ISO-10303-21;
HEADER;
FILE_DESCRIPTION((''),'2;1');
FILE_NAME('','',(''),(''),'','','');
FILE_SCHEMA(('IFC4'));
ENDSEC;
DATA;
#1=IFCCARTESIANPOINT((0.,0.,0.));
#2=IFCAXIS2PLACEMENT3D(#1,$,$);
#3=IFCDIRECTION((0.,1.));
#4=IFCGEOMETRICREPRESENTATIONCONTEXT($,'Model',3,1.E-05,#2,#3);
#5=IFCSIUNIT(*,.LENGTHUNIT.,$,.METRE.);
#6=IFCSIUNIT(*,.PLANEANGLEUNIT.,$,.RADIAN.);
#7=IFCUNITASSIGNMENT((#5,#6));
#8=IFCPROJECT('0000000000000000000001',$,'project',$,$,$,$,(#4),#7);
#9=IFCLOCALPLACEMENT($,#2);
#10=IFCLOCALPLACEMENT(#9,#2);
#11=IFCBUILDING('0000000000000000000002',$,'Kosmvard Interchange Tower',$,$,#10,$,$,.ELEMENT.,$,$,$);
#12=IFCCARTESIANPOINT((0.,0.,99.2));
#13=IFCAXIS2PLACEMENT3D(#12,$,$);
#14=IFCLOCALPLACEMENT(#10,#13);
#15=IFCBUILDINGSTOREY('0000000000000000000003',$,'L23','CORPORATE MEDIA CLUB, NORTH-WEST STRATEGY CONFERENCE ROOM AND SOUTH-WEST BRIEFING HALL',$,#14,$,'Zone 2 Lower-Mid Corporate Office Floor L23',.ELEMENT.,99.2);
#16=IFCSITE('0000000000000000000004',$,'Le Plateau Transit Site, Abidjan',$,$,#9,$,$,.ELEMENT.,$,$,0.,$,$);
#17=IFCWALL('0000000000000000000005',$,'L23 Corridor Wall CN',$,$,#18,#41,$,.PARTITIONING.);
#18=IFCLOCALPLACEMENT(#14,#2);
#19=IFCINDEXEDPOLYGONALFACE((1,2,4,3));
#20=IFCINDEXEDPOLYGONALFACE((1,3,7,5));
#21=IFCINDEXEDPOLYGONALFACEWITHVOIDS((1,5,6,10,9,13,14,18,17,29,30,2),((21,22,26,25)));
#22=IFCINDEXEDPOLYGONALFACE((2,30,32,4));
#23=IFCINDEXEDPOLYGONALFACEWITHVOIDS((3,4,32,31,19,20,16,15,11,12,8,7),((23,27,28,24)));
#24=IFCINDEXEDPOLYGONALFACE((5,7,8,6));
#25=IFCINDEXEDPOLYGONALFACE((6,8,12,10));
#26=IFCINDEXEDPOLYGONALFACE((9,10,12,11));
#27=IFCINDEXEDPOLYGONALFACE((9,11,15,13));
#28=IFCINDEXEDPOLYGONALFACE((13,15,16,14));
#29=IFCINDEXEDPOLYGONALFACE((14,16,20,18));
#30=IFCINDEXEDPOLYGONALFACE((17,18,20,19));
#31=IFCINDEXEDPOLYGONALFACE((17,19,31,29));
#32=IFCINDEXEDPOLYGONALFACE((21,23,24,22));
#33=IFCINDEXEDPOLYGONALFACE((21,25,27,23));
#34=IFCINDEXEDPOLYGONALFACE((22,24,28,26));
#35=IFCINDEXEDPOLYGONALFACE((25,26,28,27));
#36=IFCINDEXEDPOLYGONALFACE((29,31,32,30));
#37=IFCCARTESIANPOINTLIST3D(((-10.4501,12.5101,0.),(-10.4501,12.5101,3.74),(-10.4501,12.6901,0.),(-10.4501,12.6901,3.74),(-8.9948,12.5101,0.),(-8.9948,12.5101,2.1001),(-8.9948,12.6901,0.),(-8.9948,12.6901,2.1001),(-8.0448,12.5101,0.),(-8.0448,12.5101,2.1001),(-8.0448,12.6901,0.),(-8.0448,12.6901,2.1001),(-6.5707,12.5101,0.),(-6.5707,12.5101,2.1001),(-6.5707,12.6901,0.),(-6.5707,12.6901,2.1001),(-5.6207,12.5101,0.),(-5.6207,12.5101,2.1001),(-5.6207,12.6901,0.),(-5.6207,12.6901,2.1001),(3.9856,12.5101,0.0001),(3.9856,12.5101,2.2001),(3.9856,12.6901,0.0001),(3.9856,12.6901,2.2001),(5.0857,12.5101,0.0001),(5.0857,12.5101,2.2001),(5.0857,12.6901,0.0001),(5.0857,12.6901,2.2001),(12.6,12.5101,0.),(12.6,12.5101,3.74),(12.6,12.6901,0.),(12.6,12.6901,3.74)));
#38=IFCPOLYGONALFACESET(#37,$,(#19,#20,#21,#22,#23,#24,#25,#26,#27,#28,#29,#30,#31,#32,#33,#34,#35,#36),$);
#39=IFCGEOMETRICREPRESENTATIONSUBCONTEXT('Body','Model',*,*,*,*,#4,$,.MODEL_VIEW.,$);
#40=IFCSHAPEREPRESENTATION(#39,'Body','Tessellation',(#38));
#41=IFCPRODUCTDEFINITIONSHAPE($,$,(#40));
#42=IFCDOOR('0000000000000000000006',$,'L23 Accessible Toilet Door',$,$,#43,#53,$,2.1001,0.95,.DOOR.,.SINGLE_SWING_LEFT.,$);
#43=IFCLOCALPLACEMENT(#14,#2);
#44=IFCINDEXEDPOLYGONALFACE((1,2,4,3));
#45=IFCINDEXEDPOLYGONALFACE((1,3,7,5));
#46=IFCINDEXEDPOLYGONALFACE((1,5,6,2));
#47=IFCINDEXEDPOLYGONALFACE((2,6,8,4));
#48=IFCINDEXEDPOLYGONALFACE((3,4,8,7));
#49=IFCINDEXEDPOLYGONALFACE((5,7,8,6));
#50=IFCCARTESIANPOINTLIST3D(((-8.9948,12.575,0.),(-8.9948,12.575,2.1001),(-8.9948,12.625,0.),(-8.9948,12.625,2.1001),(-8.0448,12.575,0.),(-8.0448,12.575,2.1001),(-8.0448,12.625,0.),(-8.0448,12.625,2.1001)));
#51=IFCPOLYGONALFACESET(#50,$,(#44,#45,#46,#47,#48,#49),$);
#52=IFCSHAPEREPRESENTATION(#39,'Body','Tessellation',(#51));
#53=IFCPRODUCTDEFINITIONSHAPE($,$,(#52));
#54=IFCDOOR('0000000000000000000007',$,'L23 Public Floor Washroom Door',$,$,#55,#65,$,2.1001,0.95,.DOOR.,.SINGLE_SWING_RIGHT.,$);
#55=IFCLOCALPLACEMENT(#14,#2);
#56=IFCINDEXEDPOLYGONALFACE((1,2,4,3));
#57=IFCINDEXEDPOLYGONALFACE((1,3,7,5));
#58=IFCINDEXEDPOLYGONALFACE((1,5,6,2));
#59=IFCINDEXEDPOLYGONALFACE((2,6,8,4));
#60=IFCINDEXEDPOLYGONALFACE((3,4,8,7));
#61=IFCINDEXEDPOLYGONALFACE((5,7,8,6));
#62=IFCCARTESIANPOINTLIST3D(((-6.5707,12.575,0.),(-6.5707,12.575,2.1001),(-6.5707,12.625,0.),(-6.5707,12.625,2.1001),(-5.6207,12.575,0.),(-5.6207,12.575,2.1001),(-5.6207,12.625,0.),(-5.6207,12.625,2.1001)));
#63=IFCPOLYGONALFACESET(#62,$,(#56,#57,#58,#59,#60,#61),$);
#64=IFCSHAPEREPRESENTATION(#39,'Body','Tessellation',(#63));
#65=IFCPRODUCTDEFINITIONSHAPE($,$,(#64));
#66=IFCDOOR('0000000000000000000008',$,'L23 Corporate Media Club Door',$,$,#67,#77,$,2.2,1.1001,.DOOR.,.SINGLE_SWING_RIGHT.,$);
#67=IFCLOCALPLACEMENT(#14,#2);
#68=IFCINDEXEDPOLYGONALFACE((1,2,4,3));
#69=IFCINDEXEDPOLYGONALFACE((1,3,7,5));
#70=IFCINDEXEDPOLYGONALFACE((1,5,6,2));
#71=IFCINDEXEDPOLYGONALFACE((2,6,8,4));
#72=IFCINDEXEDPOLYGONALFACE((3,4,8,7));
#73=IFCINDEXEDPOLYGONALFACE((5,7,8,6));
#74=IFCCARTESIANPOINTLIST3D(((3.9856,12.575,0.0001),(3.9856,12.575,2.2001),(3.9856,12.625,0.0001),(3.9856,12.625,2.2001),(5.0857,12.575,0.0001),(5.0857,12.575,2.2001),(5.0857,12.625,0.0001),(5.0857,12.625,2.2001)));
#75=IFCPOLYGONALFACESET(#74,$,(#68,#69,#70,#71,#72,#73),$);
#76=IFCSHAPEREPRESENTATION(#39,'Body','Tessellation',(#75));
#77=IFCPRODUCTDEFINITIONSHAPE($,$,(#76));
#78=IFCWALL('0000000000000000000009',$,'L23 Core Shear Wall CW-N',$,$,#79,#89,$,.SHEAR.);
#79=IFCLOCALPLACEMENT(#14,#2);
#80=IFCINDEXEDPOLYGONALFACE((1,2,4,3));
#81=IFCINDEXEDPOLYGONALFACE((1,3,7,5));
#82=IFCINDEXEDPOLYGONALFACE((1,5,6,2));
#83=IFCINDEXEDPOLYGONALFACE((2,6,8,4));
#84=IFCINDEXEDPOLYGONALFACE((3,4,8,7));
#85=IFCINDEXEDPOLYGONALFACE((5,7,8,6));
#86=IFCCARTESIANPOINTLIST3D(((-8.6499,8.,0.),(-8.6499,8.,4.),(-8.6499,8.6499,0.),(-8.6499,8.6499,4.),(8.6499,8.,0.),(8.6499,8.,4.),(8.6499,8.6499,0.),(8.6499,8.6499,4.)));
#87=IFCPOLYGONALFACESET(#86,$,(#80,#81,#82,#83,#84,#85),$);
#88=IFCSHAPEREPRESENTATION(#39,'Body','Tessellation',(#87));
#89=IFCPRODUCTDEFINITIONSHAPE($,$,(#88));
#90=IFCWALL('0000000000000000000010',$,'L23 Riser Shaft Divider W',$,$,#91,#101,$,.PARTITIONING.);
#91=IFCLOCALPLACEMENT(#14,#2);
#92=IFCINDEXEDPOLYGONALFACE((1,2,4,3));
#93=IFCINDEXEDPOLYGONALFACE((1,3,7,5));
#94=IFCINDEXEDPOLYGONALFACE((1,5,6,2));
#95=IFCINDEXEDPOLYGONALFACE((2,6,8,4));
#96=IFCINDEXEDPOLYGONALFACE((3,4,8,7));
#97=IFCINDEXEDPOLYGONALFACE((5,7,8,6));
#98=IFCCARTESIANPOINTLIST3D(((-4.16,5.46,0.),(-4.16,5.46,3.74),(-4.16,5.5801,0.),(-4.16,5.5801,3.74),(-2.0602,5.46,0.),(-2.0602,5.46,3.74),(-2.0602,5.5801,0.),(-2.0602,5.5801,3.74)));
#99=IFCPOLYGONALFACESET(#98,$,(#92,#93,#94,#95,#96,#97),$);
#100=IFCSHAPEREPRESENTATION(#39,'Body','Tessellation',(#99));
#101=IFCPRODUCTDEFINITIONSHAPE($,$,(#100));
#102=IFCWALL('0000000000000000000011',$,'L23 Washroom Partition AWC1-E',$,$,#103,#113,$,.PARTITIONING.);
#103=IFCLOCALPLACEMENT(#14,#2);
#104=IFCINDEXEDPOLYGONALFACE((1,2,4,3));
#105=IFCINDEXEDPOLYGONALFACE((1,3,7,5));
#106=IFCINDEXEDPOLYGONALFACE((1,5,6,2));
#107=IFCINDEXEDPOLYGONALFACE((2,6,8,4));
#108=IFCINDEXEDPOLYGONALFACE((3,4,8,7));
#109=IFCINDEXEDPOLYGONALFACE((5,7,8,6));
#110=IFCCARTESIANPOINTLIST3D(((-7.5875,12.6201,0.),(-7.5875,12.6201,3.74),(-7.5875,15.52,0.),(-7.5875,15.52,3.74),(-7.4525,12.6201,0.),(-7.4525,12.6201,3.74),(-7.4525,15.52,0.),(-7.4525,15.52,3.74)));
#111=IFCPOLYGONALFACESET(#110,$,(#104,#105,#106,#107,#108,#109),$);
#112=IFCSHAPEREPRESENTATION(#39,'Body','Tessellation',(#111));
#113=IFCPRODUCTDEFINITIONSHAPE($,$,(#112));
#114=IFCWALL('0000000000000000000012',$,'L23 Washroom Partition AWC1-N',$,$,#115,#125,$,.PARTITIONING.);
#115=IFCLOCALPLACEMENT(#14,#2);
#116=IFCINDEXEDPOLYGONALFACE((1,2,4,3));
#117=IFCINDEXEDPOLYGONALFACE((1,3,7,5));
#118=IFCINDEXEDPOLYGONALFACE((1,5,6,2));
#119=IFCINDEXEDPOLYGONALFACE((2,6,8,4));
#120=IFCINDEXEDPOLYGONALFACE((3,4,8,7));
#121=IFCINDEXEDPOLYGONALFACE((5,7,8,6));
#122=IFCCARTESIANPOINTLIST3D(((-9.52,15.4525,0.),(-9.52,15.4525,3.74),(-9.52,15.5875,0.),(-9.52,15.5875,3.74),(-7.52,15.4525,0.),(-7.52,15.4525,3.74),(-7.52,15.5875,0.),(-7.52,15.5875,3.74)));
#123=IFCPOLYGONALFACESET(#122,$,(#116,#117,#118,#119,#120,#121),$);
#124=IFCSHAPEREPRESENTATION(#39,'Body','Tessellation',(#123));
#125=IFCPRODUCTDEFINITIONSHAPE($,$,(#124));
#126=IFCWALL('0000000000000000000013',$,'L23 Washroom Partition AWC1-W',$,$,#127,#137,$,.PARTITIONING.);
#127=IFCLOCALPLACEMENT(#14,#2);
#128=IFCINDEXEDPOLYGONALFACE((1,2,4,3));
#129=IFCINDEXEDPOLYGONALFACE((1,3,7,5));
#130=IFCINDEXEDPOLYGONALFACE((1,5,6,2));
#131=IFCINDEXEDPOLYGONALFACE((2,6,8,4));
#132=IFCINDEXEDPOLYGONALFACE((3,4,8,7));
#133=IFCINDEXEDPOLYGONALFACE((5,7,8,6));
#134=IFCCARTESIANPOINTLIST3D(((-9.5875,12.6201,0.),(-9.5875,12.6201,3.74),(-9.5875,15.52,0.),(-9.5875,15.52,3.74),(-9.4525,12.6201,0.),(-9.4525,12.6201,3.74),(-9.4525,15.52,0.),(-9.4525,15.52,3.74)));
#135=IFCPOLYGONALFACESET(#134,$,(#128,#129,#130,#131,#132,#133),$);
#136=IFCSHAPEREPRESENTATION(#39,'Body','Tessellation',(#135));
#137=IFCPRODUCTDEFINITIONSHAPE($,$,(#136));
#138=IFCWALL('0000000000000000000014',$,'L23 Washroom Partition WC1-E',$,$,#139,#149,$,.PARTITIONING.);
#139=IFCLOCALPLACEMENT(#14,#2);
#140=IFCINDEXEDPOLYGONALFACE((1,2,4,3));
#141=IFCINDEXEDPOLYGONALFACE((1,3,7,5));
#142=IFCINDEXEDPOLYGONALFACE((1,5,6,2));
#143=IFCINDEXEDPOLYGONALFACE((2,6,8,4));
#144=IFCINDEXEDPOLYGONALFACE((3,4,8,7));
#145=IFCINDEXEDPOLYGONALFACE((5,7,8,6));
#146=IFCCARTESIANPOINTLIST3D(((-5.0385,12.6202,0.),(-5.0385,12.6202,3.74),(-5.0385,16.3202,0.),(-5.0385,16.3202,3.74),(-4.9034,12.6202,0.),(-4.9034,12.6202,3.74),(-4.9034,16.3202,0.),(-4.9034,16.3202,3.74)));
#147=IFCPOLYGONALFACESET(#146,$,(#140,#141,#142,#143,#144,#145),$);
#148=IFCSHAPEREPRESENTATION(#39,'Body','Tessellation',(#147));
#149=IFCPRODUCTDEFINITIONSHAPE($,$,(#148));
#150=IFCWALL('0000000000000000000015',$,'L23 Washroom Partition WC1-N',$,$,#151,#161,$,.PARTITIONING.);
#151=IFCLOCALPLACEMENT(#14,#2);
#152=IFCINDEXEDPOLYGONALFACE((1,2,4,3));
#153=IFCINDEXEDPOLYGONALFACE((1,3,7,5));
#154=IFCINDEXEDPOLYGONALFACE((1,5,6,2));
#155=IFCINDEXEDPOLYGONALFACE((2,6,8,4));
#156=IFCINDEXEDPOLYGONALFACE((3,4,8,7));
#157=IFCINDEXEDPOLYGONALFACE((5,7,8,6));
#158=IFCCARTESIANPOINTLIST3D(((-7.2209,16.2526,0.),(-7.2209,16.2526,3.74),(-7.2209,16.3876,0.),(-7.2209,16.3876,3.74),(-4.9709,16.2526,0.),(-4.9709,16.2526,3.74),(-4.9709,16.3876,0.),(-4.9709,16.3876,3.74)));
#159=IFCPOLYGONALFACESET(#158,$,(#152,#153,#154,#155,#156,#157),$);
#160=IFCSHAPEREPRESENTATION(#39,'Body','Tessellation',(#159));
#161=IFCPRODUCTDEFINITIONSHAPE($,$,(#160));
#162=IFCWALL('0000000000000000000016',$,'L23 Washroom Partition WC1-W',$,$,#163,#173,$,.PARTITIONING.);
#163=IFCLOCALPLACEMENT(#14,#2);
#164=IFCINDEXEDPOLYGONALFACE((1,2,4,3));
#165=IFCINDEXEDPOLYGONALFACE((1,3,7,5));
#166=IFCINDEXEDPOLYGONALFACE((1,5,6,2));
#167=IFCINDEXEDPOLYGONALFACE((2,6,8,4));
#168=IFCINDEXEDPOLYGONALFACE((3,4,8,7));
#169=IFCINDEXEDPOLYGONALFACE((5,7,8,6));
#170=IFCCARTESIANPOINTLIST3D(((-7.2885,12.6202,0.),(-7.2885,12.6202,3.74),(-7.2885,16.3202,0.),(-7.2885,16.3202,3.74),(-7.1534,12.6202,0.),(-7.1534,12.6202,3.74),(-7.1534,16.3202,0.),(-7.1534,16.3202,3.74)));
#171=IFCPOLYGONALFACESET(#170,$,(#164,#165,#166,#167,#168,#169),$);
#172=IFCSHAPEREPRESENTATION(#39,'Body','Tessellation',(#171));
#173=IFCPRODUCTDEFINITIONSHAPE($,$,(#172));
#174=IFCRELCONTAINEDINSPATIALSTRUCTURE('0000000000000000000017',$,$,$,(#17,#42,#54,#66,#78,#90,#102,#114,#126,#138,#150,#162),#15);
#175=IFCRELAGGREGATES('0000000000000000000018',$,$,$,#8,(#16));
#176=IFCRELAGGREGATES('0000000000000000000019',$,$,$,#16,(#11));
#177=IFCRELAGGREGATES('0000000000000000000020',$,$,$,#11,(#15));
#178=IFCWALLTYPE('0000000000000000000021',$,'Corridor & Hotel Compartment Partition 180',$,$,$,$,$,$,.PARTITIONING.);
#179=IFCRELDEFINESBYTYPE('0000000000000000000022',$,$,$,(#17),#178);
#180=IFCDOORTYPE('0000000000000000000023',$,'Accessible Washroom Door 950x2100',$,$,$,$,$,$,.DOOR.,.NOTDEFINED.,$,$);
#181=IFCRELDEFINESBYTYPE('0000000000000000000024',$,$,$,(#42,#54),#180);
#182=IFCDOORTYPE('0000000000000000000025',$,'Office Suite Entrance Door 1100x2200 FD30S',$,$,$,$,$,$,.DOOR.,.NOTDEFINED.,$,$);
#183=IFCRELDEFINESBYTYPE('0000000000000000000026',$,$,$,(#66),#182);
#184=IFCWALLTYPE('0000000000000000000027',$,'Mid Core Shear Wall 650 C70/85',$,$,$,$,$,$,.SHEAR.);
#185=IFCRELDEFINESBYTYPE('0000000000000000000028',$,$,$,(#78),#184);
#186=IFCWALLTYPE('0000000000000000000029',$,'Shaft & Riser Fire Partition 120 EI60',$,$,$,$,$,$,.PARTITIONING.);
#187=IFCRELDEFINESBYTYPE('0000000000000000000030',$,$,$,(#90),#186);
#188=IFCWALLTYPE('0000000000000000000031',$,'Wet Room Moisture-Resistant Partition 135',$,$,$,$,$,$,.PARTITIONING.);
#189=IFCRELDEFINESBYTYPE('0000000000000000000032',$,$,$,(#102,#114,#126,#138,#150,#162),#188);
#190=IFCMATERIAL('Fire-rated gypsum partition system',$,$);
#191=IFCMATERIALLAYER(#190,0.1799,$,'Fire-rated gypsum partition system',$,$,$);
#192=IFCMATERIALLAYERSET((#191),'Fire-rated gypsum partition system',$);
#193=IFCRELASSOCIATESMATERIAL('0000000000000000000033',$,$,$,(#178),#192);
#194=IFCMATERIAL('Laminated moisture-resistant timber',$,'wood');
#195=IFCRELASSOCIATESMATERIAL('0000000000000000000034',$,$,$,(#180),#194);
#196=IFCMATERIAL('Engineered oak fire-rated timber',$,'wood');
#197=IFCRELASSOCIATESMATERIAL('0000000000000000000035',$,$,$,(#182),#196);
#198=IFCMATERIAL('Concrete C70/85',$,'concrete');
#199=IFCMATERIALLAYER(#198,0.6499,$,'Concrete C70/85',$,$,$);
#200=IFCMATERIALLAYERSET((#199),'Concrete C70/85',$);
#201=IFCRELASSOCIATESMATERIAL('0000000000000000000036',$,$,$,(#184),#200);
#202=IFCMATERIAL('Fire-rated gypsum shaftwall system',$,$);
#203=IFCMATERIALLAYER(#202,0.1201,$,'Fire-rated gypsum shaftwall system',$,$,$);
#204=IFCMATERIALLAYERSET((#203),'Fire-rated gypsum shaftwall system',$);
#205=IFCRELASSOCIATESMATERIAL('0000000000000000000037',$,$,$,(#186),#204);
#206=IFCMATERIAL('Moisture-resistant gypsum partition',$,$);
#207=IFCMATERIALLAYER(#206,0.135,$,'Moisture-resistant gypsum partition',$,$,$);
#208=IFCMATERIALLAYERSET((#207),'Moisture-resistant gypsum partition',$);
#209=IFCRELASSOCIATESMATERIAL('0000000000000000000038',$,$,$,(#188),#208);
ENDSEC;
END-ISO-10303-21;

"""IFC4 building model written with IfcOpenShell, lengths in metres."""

from ifc_helpers import new_model, si_unit, direction, frame, frame_2d, origin, place, context, subcontext, project, spatial, rectangle, extrude, source, transform, mapped, material, layer, layer_set, type_object, element, fill, save


model = new_model("IFC4")

# Units and contexts
model_context = context("Model", 3, precision=1e-05, world=origin(), true_north=direction((0.0, 1.0)))
body_context = subcontext(model_context, "Body", "Model", "MODEL_VIEW")
ifc_project = project(units=[si_unit("LENGTHUNIT", "METRE"), si_unit("PLANEANGLEUNIT", "RADIAN")], contexts=[model_context])

# Site, building, storey
site_placement = place(None, origin())
site = spatial("IfcSite", under=ifc_project, at=site_placement, Name="Le Plateau Transit Site, Abidjan", CompositionType="ELEMENT", RefElevation=0.0)
building_placement = place(site_placement, origin())
building = spatial("IfcBuilding", under=site, at=building_placement, Name="Kosmvard Interchange Tower", CompositionType="ELEMENT")
storey_placement = place(building_placement, frame((0.0, 0.0, 99.2)))
storey = spatial("IfcBuildingStorey", under=building, at=storey_placement, Name="L23", Description="CORPORATE MEDIA CLUB, NORTH-WEST STRATEGY CONFERENCE ROOM AND SOUTH-WEST BRIEFING HALL", LongName="Zone 2 Lower-Mid Corporate Office Floor L23", CompositionType="ELEMENT", Elevation=99.2)

# Shared definitions
ifc_material_1 = material(Name="Fire-rated gypsum partition system")

# Shared definitions
ifc_layer_1 = layer(ifc_material_1, 0.1799, Name="Fire-rated gypsum partition system")
ifc_layer_set_1 = layer_set([ifc_layer_1], Name="Fire-rated gypsum partition system")
wall_type_1 = type_object("IfcWallType", Name="Corridor & Hotel Compartment Partition 180", PredefinedType="PARTITIONING", material=ifc_layer_set_1)

# Wall, openings, doors
wall_1_placement = place(storey_placement, frame((-10.45, 12.6001, 0.0), z_axis=(0.0, 0.0, 1.0), x_axis=(1.0, 0.0, 0.0)))
wall_1 = element("IfcWall", 1, at=wall_1_placement, inside=storey, type_object=wall_type_1, Name="L23 Corridor Wall CN", PredefinedType="PARTITIONING", context=body_context, shape_type="SweptSolid", body=[
    extrude(rectangle(XDim=23.05, YDim=0.1799, at=frame_2d((11.5249, 0.0))), origin(), (0.0, 0.0, 1.0), 3.74),
])
opening_1_placement = place(wall_1_placement, frame((1.4551, 0.0, 0.0)))
opening_1 = element("IfcOpeningElement", 2, at=opening_1_placement, cuts=wall_1, PredefinedType="OPENING", context=body_context, shape_type="SweptSolid", body=[
    extrude(rectangle(XDim=0.95, YDim=2.1001, at=frame_2d((0.4751, 1.05))), frame((0.0, 0.1001, 0.0), z_axis=(0.0, -1.0, 0.0), x_axis=(1.0, 0.0, 0.0)), (0.0, 0.0, 1.0), 0.2),
])
opening_2_placement = place(wall_1_placement, frame((3.8792, 0.0, 0.0)))
opening_2 = element("IfcOpeningElement", 3, at=opening_2_placement, cuts=wall_1, PredefinedType="OPENING", context=body_context, shape_type="SweptSolid", body=[
    extrude(rectangle(XDim=0.95, YDim=2.1001, at=frame_2d((0.4751, 1.05))), frame((0.0, 0.1001, 0.0), z_axis=(0.0, -1.0, 0.0), x_axis=(1.0, 0.0, 0.0)), (0.0, 0.0, 1.0), 0.2),
])
opening_3_placement = place(wall_1_placement, frame((14.4355, 0.0, 0.0)))
opening_3 = element("IfcOpeningElement", 4, at=opening_3_placement, cuts=wall_1, PredefinedType="OPENING", context=body_context, shape_type="SweptSolid", body=[
    extrude(rectangle(XDim=1.1001, YDim=2.2, at=frame_2d((0.55, 1.1001))), frame((0.0, 0.1001, 0.0), z_axis=(0.0, -1.0, 0.0), x_axis=(1.0, 0.0, 0.0)), (0.0, 0.0, 1.0), 0.2),
])
ifc_material_2 = material(Name="Laminated moisture-resistant timber", Category="wood")
door_type_1 = type_object("IfcDoorType", Name="Accessible Washroom Door 950x2100", OperationType="NOTDEFINED", PredefinedType="DOOR", material=ifc_material_2)
shared_shape_1 = source(origin(), body_context, "Body", "SweptSolid", [
    extrude(rectangle(XDim=0.95, YDim=2.1001, at=frame_2d((0.4751, 1.05))), frame((0.0, 0.0249, 0.0), z_axis=(0.0, -1.0, 0.0), x_axis=(1.0, 0.0, 0.0)), (0.0, 0.0, 1.0), 0.05),
])
door_1_placement = place(opening_1_placement, origin())
door_1 = element("IfcDoor", 5, at=door_1_placement, inside=storey, type_object=door_type_1, Name="L23 Accessible Toilet Door", OperationType="SINGLE_SWING_LEFT", OverallHeight=2.1001, OverallWidth=0.95, PredefinedType="DOOR", context=body_context, shape_type="MappedRepresentation", body=[
    mapped(shared_shape_1, transform((0.0, 0.0, 0.0), scale=1.0)),
])
fill(opening_1, door_1)
door_2_placement = place(opening_2_placement, origin())
door_2 = element("IfcDoor", 6, at=door_2_placement, inside=storey, type_object=door_type_1, Name="L23 Public Floor Washroom Door", OperationType="SINGLE_SWING_RIGHT", OverallHeight=2.1001, OverallWidth=0.95, PredefinedType="DOOR", context=body_context, shape_type="MappedRepresentation", body=[
    mapped(shared_shape_1, transform((0.0, 0.0, 0.0), scale=1.0)),
])
fill(opening_2, door_2)
ifc_material_3 = material(Name="Engineered oak fire-rated timber", Category="wood")
door_type_2 = type_object("IfcDoorType", Name="Office Suite Entrance Door 1100x2200 FD30S", OperationType="NOTDEFINED", PredefinedType="DOOR", material=ifc_material_3)
shared_shape_2 = source(origin(), body_context, "Body", "SweptSolid", [
    extrude(rectangle(XDim=1.1001, YDim=2.2, at=frame_2d((0.55, 1.1001))), frame((0.0, 0.0249, 0.0), z_axis=(0.0, -1.0, 0.0), x_axis=(1.0, 0.0, 0.0)), (0.0, 0.0, 1.0), 0.05),
])
door_3_placement = place(opening_3_placement, origin())
door_3 = element("IfcDoor", 7, at=door_3_placement, inside=storey, type_object=door_type_2, Name="L23 Corporate Media Club Door", OperationType="SINGLE_SWING_RIGHT", OverallHeight=2.2, OverallWidth=1.1001, PredefinedType="DOOR", context=body_context, shape_type="MappedRepresentation", body=[
    mapped(shared_shape_2, transform((0.0, 0.0, 0.0), scale=1.0)),
])
fill(opening_3, door_3)

# Walls
ifc_material_4 = material(Name="Concrete C70/85", Category="concrete")
ifc_layer_2 = layer(ifc_material_4, 0.6499, Name="Concrete C70/85")
ifc_layer_set_2 = layer_set([ifc_layer_2], Name="Concrete C70/85")
wall_type_2 = type_object("IfcWallType", Name="Mid Core Shear Wall 650 C70/85", PredefinedType="SHEAR", material=ifc_layer_set_2)
wall_2_placement = place(storey_placement, frame((-8.6499, 8.325, 0.0), z_axis=(0.0, 0.0, 1.0), x_axis=(1.0, 0.0, 0.0)))
element("IfcWall", 8, at=wall_2_placement, inside=storey, type_object=wall_type_2, Name="L23 Core Shear Wall CW-N", PredefinedType="SHEAR", context=body_context, shape_type="SweptSolid", body=[
    extrude(rectangle(XDim=17.2998, YDim=0.6499, at=frame_2d((8.6499, 0.0))), origin(), (0.0, 0.0, 1.0), 4.0),
])
ifc_material_5 = material(Name="Fire-rated gypsum shaftwall system")
ifc_layer_3 = layer(ifc_material_5, 0.1201, Name="Fire-rated gypsum shaftwall system")
ifc_layer_set_3 = layer_set([ifc_layer_3], Name="Fire-rated gypsum shaftwall system")
wall_type_3 = type_object("IfcWallType", Name="Shaft & Riser Fire Partition 120 EI60", PredefinedType="PARTITIONING", material=ifc_layer_set_3)
wall_3_placement = place(storey_placement, frame((-4.1599, 5.52, 0.0), z_axis=(0.0, 0.0, 1.0), x_axis=(1.0, 0.0, 0.0)))
element("IfcWall", 9, at=wall_3_placement, inside=storey, type_object=wall_type_3, Name="L23 Riser Shaft Divider W", PredefinedType="PARTITIONING", context=body_context, shape_type="SweptSolid", body=[
    extrude(rectangle(XDim=2.0999, YDim=0.1201, at=frame_2d((1.0498, 0.0))), origin(), (0.0, 0.0, 1.0), 3.74),
])
ifc_material_6 = material(Name="Moisture-resistant gypsum partition")
ifc_layer_4 = layer(ifc_material_6, 0.135, Name="Moisture-resistant gypsum partition")
ifc_layer_set_4 = layer_set([ifc_layer_4], Name="Moisture-resistant gypsum partition")
wall_type_4 = type_object("IfcWallType", Name="Wet Room Moisture-Resistant Partition 135", PredefinedType="PARTITIONING", material=ifc_layer_set_4)
wall_4_placement = place(storey_placement, frame((-7.52, 12.6201, 0.0), z_axis=(0.0, 0.0, 1.0), x_axis=(0.0, 1.0, 0.0)))
element("IfcWall", 10, at=wall_4_placement, inside=storey, type_object=wall_type_4, Name="L23 Washroom Partition AWC1-E", PredefinedType="PARTITIONING", context=body_context, shape_type="SweptSolid", body=[
    extrude(rectangle(XDim=2.8999, YDim=0.135, at=frame_2d((1.45, 0.0))), origin(), (0.0, 0.0, 1.0), 3.74),
])
wall_5_placement = place(storey_placement, frame((-9.52, 15.52, 0.0), z_axis=(0.0, 0.0, 1.0), x_axis=(1.0, 0.0, 0.0)))
element("IfcWall", 11, at=wall_5_placement, inside=storey, type_object=wall_type_4, Name="L23 Washroom Partition AWC1-N", PredefinedType="PARTITIONING", context=body_context, shape_type="SweptSolid", body=[
    extrude(rectangle(XDim=2.0, YDim=0.135, at=frame_2d((1.0, 0.0))), origin(), (0.0, 0.0, 1.0), 3.74),
])
wall_6_placement = place(storey_placement, frame((-9.52, 12.6201, 0.0), z_axis=(0.0, 0.0, 1.0), x_axis=(0.0, 1.0, 0.0)))
element("IfcWall", 12, at=wall_6_placement, inside=storey, type_object=wall_type_4, Name="L23 Washroom Partition AWC1-W", PredefinedType="PARTITIONING", context=body_context, shape_type="SweptSolid", body=[
    extrude(rectangle(XDim=2.8999, YDim=0.135, at=frame_2d((1.45, 0.0))), origin(), (0.0, 0.0, 1.0), 3.74),
])
wall_7_placement = place(storey_placement, frame((-4.9709, 12.6201, 0.0), z_axis=(0.0, 0.0, 1.0), x_axis=(0.0, 1.0, 0.0)))
element("IfcWall", 13, at=wall_7_placement, inside=storey, type_object=wall_type_4, Name="L23 Washroom Partition WC1-E", PredefinedType="PARTITIONING", context=body_context, shape_type="SweptSolid", body=[
    extrude(rectangle(XDim=3.7, YDim=0.135, at=frame_2d((1.8501, 0.0))), origin(), (0.0, 0.0, 1.0), 3.74),
])
wall_8_placement = place(storey_placement, frame((-7.2209, 16.3201, 0.0), z_axis=(0.0, 0.0, 1.0), x_axis=(1.0, 0.0, 0.0)))
element("IfcWall", 14, at=wall_8_placement, inside=storey, type_object=wall_type_4, Name="L23 Washroom Partition WC1-N", PredefinedType="PARTITIONING", context=body_context, shape_type="SweptSolid", body=[
    extrude(rectangle(XDim=2.25, YDim=0.135, at=frame_2d((1.125, 0.0))), origin(), (0.0, 0.0, 1.0), 3.74),
])
wall_9_placement = place(storey_placement, frame((-7.2209, 12.6201, 0.0), z_axis=(0.0, 0.0, 1.0), x_axis=(0.0, 1.0, 0.0)))
element("IfcWall", 15, at=wall_9_placement, inside=storey, type_object=wall_type_4, Name="L23 Washroom Partition WC1-W", PredefinedType="PARTITIONING", context=body_context, shape_type="SweptSolid", body=[
    extrude(rectangle(XDim=3.7, YDim=0.135, at=frame_2d((1.8501, 0.0))), origin(), (0.0, 0.0, 1.0), 3.74),
])

save(model, "model.ifc")
